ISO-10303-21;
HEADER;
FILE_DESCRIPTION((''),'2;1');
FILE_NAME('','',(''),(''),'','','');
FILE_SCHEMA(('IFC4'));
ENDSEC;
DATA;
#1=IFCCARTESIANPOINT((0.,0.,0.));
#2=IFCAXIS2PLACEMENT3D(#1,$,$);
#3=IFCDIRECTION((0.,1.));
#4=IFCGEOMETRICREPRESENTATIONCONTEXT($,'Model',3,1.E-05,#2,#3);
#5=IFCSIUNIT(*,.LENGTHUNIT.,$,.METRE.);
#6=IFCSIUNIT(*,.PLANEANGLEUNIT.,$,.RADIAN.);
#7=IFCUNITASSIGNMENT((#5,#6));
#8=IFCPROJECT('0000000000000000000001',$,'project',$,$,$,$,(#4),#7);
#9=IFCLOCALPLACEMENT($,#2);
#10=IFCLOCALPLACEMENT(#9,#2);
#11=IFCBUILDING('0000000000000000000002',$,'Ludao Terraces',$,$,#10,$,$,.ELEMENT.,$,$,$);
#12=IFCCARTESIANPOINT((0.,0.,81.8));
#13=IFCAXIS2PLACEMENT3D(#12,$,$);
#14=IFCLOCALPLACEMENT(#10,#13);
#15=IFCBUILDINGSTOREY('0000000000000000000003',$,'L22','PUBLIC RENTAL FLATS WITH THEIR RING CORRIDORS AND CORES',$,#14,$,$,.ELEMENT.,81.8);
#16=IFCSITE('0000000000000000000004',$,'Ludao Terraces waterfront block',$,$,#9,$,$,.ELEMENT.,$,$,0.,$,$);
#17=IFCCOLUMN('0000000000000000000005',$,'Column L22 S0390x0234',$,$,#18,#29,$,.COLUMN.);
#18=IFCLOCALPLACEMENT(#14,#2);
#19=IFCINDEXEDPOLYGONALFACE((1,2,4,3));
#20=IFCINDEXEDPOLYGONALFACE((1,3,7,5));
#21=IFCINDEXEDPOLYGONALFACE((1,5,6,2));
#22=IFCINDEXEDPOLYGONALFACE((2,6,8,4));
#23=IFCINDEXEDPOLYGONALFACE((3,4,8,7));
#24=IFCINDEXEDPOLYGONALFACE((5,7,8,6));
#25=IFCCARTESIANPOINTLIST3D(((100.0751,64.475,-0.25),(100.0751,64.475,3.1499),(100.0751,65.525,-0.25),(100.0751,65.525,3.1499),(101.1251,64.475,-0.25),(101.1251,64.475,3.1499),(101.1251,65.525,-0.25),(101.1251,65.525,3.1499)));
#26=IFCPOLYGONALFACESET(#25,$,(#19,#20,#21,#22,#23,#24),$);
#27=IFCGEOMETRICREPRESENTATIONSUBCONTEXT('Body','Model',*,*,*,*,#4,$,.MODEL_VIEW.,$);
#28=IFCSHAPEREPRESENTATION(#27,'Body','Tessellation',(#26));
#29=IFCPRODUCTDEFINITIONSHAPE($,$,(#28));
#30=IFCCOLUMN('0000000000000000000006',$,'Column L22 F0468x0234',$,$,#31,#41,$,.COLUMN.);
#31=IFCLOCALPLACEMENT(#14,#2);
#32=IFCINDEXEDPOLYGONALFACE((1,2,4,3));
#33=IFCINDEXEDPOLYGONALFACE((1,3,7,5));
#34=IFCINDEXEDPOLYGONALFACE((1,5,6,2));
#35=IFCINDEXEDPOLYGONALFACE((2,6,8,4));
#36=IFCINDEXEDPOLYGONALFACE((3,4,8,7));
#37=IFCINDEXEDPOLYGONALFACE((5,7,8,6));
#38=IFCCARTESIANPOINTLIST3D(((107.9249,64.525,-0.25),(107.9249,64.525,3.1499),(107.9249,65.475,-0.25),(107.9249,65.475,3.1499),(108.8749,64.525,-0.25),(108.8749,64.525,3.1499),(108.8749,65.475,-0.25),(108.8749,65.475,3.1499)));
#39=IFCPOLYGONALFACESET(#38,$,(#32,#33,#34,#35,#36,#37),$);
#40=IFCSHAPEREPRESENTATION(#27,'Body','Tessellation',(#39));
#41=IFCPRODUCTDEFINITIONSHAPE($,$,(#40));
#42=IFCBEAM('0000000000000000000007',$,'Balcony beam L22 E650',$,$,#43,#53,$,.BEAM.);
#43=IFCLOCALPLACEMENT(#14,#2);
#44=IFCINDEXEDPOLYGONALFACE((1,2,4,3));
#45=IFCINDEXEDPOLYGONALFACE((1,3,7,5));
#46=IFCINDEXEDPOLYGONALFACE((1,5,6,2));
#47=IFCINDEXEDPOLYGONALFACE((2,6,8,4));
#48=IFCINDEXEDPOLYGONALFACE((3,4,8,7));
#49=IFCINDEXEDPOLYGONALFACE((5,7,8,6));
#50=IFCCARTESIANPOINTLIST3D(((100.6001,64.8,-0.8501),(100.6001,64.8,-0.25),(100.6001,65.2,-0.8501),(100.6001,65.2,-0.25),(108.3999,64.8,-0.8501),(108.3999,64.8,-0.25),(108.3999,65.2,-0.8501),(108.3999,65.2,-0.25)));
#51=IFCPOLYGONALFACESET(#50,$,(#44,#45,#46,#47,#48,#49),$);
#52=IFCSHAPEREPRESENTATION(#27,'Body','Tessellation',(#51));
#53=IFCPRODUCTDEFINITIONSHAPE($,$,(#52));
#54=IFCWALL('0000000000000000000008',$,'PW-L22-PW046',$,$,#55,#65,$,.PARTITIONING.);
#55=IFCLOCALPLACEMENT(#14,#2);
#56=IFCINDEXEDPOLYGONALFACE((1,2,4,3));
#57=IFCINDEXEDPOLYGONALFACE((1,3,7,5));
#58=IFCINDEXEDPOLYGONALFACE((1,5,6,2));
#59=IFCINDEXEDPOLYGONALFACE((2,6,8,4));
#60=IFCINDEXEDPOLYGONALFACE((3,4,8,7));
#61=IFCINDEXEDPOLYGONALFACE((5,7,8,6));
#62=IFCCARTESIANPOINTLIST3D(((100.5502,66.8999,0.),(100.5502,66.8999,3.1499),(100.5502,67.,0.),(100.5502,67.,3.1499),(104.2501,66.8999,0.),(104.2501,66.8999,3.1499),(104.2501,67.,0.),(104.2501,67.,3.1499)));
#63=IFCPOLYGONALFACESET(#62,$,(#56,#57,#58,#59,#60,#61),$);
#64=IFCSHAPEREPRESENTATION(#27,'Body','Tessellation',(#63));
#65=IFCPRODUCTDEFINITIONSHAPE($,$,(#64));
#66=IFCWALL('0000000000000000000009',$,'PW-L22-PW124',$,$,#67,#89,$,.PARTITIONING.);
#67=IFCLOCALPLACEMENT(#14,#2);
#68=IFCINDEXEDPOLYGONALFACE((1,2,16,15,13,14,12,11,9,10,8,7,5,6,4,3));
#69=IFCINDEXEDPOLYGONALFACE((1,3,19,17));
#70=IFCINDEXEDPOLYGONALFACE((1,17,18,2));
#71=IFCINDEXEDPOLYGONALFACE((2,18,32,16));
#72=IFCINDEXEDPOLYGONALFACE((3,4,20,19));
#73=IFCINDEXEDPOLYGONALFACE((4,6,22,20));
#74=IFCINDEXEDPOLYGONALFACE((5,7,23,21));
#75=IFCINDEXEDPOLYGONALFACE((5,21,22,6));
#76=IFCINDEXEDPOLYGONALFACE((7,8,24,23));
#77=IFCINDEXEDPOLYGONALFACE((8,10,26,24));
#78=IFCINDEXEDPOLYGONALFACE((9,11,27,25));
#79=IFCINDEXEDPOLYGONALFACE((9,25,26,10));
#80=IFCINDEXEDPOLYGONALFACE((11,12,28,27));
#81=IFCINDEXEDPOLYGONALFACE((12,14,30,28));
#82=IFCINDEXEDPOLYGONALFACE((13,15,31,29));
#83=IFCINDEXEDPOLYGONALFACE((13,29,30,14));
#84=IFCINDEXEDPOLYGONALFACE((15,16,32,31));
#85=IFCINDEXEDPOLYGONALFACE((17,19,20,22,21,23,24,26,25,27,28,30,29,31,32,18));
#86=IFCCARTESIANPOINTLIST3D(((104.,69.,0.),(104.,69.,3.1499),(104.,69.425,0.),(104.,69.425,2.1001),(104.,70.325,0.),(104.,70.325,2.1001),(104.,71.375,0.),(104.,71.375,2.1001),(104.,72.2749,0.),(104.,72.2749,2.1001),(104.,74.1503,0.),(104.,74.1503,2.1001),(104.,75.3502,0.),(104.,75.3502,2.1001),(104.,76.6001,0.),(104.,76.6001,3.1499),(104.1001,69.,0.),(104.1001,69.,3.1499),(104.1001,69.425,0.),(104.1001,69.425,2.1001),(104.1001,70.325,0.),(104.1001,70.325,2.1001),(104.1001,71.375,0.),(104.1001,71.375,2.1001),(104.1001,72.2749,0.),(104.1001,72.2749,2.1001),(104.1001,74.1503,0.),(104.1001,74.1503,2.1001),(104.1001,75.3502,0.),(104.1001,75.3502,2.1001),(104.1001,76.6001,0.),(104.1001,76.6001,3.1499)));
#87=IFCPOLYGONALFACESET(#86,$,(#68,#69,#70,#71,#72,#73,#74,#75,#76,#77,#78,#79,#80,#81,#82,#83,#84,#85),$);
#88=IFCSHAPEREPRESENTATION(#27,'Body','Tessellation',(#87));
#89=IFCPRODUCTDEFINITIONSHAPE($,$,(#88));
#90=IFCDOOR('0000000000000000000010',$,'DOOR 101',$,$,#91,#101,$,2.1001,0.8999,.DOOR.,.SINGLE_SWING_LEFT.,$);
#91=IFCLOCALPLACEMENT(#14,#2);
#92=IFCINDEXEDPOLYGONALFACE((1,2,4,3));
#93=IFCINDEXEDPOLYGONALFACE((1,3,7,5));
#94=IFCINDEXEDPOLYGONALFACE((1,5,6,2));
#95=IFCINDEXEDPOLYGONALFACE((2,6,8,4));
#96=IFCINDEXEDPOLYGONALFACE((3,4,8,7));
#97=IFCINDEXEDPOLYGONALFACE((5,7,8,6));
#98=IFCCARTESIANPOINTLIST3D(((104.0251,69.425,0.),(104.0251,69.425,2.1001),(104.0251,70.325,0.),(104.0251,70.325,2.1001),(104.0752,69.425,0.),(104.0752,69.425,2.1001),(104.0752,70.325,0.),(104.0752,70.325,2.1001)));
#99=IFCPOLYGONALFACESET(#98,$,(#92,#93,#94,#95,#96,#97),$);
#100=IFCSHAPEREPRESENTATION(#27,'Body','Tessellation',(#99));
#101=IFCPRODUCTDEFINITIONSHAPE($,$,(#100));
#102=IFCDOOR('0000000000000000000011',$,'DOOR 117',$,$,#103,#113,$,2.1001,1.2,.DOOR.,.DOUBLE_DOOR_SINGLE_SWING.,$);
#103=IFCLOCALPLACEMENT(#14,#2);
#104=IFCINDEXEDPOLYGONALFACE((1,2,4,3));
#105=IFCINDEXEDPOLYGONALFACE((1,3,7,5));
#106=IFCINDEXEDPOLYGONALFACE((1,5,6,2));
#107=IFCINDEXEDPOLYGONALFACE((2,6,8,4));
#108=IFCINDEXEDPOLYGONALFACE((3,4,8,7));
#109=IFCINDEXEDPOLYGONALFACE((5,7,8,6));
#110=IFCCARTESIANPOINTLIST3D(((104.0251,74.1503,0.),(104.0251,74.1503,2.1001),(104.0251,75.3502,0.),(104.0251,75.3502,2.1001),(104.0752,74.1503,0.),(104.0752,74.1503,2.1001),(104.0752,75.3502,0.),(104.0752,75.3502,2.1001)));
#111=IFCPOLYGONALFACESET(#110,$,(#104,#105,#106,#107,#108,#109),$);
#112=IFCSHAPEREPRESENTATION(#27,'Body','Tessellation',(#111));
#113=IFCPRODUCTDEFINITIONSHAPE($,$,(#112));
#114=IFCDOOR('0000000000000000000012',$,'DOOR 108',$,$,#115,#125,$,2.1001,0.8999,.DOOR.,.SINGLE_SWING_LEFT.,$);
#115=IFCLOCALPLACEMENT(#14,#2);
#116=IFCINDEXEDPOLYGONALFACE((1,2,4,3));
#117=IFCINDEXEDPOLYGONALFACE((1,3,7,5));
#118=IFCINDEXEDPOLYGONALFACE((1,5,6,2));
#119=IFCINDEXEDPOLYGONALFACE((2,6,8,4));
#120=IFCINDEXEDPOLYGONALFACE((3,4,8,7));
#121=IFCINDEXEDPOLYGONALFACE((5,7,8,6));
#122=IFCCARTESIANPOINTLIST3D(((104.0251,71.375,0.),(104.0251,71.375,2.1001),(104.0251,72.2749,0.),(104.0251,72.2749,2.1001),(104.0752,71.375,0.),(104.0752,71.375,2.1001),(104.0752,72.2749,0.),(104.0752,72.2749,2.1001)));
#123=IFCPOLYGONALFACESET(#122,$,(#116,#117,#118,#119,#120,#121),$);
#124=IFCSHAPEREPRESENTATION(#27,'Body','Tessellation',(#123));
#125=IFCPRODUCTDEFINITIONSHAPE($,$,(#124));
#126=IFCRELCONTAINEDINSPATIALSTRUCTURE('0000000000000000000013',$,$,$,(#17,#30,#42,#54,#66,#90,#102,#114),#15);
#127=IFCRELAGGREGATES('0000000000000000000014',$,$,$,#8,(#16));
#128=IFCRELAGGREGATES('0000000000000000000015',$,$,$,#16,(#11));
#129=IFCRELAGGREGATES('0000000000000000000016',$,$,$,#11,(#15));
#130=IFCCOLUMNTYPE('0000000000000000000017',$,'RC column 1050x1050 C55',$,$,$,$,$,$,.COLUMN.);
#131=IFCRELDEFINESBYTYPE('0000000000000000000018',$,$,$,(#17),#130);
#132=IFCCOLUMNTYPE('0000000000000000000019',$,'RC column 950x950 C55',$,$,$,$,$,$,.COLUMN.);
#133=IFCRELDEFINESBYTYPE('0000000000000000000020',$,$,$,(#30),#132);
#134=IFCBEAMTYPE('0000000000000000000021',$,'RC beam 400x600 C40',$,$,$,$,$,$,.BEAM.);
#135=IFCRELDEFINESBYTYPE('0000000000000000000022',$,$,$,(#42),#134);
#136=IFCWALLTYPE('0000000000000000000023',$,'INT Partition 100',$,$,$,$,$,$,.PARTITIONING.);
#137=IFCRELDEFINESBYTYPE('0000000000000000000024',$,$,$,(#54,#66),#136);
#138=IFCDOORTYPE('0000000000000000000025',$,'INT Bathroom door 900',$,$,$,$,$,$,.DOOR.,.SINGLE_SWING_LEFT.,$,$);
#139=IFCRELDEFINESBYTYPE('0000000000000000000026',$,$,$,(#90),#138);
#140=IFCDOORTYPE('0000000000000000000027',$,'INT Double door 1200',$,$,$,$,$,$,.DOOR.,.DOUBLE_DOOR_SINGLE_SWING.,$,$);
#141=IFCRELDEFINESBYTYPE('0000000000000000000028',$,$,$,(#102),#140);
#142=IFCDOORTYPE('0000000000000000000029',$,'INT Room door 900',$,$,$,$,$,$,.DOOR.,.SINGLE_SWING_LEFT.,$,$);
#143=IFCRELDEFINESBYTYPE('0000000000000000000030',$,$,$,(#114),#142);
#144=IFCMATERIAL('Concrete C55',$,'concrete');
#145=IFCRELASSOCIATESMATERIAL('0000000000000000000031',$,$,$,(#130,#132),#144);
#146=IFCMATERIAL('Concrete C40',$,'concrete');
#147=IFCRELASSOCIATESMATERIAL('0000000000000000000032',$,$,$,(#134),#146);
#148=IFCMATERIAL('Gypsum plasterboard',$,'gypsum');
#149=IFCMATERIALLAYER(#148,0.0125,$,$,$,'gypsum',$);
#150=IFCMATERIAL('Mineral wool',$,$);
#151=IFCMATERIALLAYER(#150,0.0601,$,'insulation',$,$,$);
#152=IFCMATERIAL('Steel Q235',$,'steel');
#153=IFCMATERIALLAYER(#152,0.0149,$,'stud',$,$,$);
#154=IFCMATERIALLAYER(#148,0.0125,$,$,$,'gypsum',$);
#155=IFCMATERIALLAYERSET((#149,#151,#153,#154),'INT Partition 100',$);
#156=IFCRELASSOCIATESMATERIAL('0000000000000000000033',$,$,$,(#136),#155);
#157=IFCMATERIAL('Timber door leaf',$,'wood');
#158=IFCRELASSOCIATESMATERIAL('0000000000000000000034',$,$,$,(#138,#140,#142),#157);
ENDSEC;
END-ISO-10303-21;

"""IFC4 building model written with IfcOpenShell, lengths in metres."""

from ifc_helpers import new_model, si_unit, direction, frame, frame_2d, origin, origin_2d, place, context, subcontext, project, spatial, rectangle, extrude, material, layer, layer_set, material_profile, profile_set, type_object, element, fill, save


model = new_model("IFC4")

# Units and contexts
model_context = context("Model", 3, precision=1e-05, world=origin(), true_north=direction((0.0, 1.0)))
body_context = subcontext(model_context, "Body", "Model", "MODEL_VIEW")
ifc_project = project(units=[si_unit("LENGTHUNIT", "METRE"), si_unit("PLANEANGLEUNIT", "RADIAN")], contexts=[model_context])

# Site, building, storey
site_placement = place(None, origin())
site = spatial("IfcSite", under=ifc_project, at=site_placement, Name="Ludao Terraces waterfront block", CompositionType="ELEMENT", RefElevation=0.0)
building_placement = place(site_placement, origin())
building = spatial("IfcBuilding", under=site, at=building_placement, Name="Ludao Terraces", CompositionType="ELEMENT")
storey_placement = place(building_placement, frame((0.0, 0.0, 81.8)))
storey = spatial("IfcBuildingStorey", under=building, at=storey_placement, Name="L22", Description="PUBLIC RENTAL FLATS WITH THEIR RING CORRIDORS AND CORES", CompositionType="ELEMENT", Elevation=81.8)

# Columns
ifc_material_1 = material(Name="Concrete C55", Category="concrete")
ifc_material_profile_1 = material_profile(ifc_material_1, rectangle(XDim=1.05, YDim=1.05, at=origin_2d()), Name="1050 X 1050")
ifc_profile_set_1 = profile_set([ifc_material_profile_1], Name="Concrete C55")
column_type_1 = type_object("IfcColumnType", Name="RC column 1050x1050 C55", PredefinedType="COLUMN", material=ifc_profile_set_1)
column_1_placement = place(storey_placement, frame((100.6001, 65.0, -0.25), z_axis=(0.0, 0.0, 1.0), x_axis=(1.0, 0.0, 0.0)))
element("IfcColumn", 1, at=column_1_placement, inside=storey, type_object=column_type_1, Name="Column L22 S0390x0234", PredefinedType="COLUMN", context=body_context, shape_type="SweptSolid", body=[
    extrude(rectangle(XDim=1.05, YDim=1.05, at=origin_2d()), origin(), (0.0, 0.0, 1.0), 3.3999),
])
ifc_material_profile_2 = material_profile(ifc_material_1, rectangle(XDim=0.95, YDim=0.95, at=origin_2d()), Name="950 X 950")
ifc_profile_set_2 = profile_set([ifc_material_profile_2], Name="Concrete C55")
column_type_2 = type_object("IfcColumnType", Name="RC column 950x950 C55", PredefinedType="COLUMN", material=ifc_profile_set_2)
column_2_placement = place(storey_placement, frame((108.3999, 65.0, -0.25), z_axis=(0.0, 0.0, 1.0), x_axis=(1.0, 0.0, 0.0)))
element("IfcColumn", 2, at=column_2_placement, inside=storey, type_object=column_type_2, Name="Column L22 F0468x0234", PredefinedType="COLUMN", context=body_context, shape_type="SweptSolid", body=[
    extrude(rectangle(XDim=0.95, YDim=0.95, at=origin_2d()), origin(), (0.0, 0.0, 1.0), 3.3999),
])

# Beam
ifc_material_2 = material(Name="Concrete C40", Category="concrete")
ifc_material_profile_3 = material_profile(ifc_material_2, rectangle(XDim=0.3999, YDim=0.6001, at=origin_2d()), Name="400 X 600")
ifc_profile_set_3 = profile_set([ifc_material_profile_3], Name="Concrete C40")
beam_type = type_object("IfcBeamType", Name="RC beam 400x600 C40", PredefinedType="BEAM", material=ifc_profile_set_3)
beam_placement = place(storey_placement, frame((100.6001, 65.0, -0.55), z_axis=(1.0, 0.0, 0.0), x_axis=(0.0, 1.0, 0.0)))
element("IfcBeam", 3, at=beam_placement, inside=storey, type_object=beam_type, Name="Balcony beam L22 E650", PredefinedType="BEAM", context=body_context, shape_type="SweptSolid", body=[
    extrude(rectangle(XDim=0.3999, YDim=0.6001, at=origin_2d()), origin(), (0.0, 0.0, 1.0), 7.7998),
])

# Shared definitions
ifc_material_3 = material(Name="Mineral wool")

# Wall
ifc_material_4 = material(Name="Gypsum plasterboard", Category="gypsum")
ifc_layer_1 = layer(ifc_material_4, 0.0125, Category="gypsum")
ifc_layer_2 = layer(ifc_material_3, 0.0601, Name="insulation")
ifc_material_5 = material(Name="Steel Q235", Category="steel")
ifc_layer_3 = layer(ifc_material_5, 0.0149, Name="stud")
ifc_layer_4 = layer(ifc_material_4, 0.0125, Category="gypsum")
ifc_layer_set_1 = layer_set([ifc_layer_1, ifc_layer_2, ifc_layer_3, ifc_layer_4], Name="INT Partition 100")
wall_type_1 = type_object("IfcWallType", Name="INT Partition 100", PredefinedType="PARTITIONING", material=ifc_layer_set_1)
wall_1_placement = place(storey_placement, frame((100.55, 66.95, 0.0), z_axis=(0.0, 0.0, 1.0), x_axis=(1.0, 0.0, 0.0)))
element("IfcWall", 4, at=wall_1_placement, inside=storey, type_object=wall_type_1, Name="PW-L22-PW046", PredefinedType="PARTITIONING", context=body_context, shape_type="SweptSolid", body=[
    extrude(rectangle(XDim=3.7, YDim=0.1001, at=frame_2d((1.8501, 0.0))), origin(), (0.0, 0.0, 1.0), 3.1499),
])

# Wall, openings, doors
wall_2_placement = place(storey_placement, frame((104.05, 69.0, 0.0), z_axis=(0.0, 0.0, 1.0), x_axis=(0.0, 1.0, 0.0)))
wall_2 = element("IfcWall", 5, at=wall_2_placement, inside=storey, type_object=wall_type_1, Name="PW-L22-PW124", PredefinedType="PARTITIONING", context=body_context, shape_type="SweptSolid", body=[
    extrude(rectangle(XDim=7.6001, YDim=0.1001, at=frame_2d((3.8, 0.0))), origin(), (0.0, 0.0, 1.0), 3.1499),
])
opening_1_placement = place(wall_2_placement, frame((0.425, 0.0, 0.0)))
opening_1 = element("IfcOpeningElement", 6, at=opening_1_placement, cuts=wall_2, PredefinedType="OPENING", context=body_context, shape_type="SweptSolid", body=[
    extrude(rectangle(XDim=0.8999, YDim=2.1001, at=frame_2d((0.45, 1.05))), frame((0.0, 0.0601, 0.0), z_axis=(0.0, -1.0, 0.0), x_axis=(1.0, 0.0, 0.0)), (0.0, 0.0, 1.0), 0.1201),
])
opening_2_placement = place(wall_2_placement, frame((2.375, 0.0, 0.0)))
opening_2 = element("IfcOpeningElement", 7, at=opening_2_placement, cuts=wall_2, PredefinedType="OPENING", context=body_context, shape_type="SweptSolid", body=[
    extrude(rectangle(XDim=0.8999, YDim=2.1001, at=frame_2d((0.45, 1.05))), frame((0.0, 0.0601, 0.0), z_axis=(0.0, -1.0, 0.0), x_axis=(1.0, 0.0, 0.0)), (0.0, 0.0, 1.0), 0.1201),
])
opening_3_placement = place(wall_2_placement, frame((5.1501, 0.0, 0.0)))
opening_3 = element("IfcOpeningElement", 8, at=opening_3_placement, cuts=wall_2, PredefinedType="OPENING", context=body_context, shape_type="SweptSolid", body=[
    extrude(rectangle(XDim=1.2, YDim=2.1001, at=frame_2d((0.6001, 1.05))), frame((0.0, 0.0601, 0.0), z_axis=(0.0, -1.0, 0.0), x_axis=(1.0, 0.0, 0.0)), (0.0, 0.0, 1.0), 0.1201),
])
ifc_material_6 = material(Name="Timber door leaf", Category="wood")
door_type_1 = type_object("IfcDoorType", Name="INT Bathroom door 900", OperationType="SINGLE_SWING_LEFT", PredefinedType="DOOR", material=ifc_material_6)
door_1_placement = place(opening_1_placement, origin())
door_1 = element("IfcDoor", 9, at=door_1_placement, inside=storey, type_object=door_type_1, Name="DOOR 101", OperationType="SINGLE_SWING_LEFT", OverallHeight=2.1001, OverallWidth=0.8999, PredefinedType="DOOR", context=body_context, shape_type="SweptSolid", body=[
    extrude(rectangle(XDim=0.8999, YDim=2.1001, at=frame_2d((0.45, 1.05))), frame((0.0, 0.0249, 0.0), z_axis=(0.0, -1.0, 0.0), x_axis=(1.0, 0.0, 0.0)), (0.0, 0.0, 1.0), 0.05),
])
fill(opening_1, door_1)
door_type_2 = type_object("IfcDoorType", Name="INT Double door 1200", OperationType="DOUBLE_DOOR_SINGLE_SWING", PredefinedType="DOOR", material=ifc_material_6)
door_2_placement = place(opening_3_placement, origin())
door_2 = element("IfcDoor", 10, at=door_2_placement, inside=storey, type_object=door_type_2, Name="DOOR 117", OperationType="DOUBLE_DOOR_SINGLE_SWING", OverallHeight=2.1001, OverallWidth=1.2, PredefinedType="DOOR", context=body_context, shape_type="SweptSolid", body=[
    extrude(rectangle(XDim=1.2, YDim=2.1001, at=frame_2d((0.6001, 1.05))), frame((0.0, 0.0249, 0.0), z_axis=(0.0, -1.0, 0.0), x_axis=(1.0, 0.0, 0.0)), (0.0, 0.0, 1.0), 0.05),
])
fill(opening_3, door_2)
door_type_3 = type_object("IfcDoorType", Name="INT Room door 900", OperationType="SINGLE_SWING_LEFT", PredefinedType="DOOR", material=ifc_material_6)
door_3_placement = place(opening_2_placement, origin())
door_3 = element("IfcDoor", 11, at=door_3_placement, inside=storey, type_object=door_type_3, Name="DOOR 108", OperationType="SINGLE_SWING_LEFT", OverallHeight=2.1001, OverallWidth=0.8999, PredefinedType="DOOR", context=body_context, shape_type="SweptSolid", body=[
    extrude(rectangle(XDim=0.8999, YDim=2.1001, at=frame_2d((0.45, 1.05))), frame((0.0, 0.0249, 0.0), z_axis=(0.0, -1.0, 0.0), x_axis=(1.0, 0.0, 0.0)), (0.0, 0.0, 1.0), 0.05),
])
fill(opening_2, door_3)

save(model, "model.ifc")
